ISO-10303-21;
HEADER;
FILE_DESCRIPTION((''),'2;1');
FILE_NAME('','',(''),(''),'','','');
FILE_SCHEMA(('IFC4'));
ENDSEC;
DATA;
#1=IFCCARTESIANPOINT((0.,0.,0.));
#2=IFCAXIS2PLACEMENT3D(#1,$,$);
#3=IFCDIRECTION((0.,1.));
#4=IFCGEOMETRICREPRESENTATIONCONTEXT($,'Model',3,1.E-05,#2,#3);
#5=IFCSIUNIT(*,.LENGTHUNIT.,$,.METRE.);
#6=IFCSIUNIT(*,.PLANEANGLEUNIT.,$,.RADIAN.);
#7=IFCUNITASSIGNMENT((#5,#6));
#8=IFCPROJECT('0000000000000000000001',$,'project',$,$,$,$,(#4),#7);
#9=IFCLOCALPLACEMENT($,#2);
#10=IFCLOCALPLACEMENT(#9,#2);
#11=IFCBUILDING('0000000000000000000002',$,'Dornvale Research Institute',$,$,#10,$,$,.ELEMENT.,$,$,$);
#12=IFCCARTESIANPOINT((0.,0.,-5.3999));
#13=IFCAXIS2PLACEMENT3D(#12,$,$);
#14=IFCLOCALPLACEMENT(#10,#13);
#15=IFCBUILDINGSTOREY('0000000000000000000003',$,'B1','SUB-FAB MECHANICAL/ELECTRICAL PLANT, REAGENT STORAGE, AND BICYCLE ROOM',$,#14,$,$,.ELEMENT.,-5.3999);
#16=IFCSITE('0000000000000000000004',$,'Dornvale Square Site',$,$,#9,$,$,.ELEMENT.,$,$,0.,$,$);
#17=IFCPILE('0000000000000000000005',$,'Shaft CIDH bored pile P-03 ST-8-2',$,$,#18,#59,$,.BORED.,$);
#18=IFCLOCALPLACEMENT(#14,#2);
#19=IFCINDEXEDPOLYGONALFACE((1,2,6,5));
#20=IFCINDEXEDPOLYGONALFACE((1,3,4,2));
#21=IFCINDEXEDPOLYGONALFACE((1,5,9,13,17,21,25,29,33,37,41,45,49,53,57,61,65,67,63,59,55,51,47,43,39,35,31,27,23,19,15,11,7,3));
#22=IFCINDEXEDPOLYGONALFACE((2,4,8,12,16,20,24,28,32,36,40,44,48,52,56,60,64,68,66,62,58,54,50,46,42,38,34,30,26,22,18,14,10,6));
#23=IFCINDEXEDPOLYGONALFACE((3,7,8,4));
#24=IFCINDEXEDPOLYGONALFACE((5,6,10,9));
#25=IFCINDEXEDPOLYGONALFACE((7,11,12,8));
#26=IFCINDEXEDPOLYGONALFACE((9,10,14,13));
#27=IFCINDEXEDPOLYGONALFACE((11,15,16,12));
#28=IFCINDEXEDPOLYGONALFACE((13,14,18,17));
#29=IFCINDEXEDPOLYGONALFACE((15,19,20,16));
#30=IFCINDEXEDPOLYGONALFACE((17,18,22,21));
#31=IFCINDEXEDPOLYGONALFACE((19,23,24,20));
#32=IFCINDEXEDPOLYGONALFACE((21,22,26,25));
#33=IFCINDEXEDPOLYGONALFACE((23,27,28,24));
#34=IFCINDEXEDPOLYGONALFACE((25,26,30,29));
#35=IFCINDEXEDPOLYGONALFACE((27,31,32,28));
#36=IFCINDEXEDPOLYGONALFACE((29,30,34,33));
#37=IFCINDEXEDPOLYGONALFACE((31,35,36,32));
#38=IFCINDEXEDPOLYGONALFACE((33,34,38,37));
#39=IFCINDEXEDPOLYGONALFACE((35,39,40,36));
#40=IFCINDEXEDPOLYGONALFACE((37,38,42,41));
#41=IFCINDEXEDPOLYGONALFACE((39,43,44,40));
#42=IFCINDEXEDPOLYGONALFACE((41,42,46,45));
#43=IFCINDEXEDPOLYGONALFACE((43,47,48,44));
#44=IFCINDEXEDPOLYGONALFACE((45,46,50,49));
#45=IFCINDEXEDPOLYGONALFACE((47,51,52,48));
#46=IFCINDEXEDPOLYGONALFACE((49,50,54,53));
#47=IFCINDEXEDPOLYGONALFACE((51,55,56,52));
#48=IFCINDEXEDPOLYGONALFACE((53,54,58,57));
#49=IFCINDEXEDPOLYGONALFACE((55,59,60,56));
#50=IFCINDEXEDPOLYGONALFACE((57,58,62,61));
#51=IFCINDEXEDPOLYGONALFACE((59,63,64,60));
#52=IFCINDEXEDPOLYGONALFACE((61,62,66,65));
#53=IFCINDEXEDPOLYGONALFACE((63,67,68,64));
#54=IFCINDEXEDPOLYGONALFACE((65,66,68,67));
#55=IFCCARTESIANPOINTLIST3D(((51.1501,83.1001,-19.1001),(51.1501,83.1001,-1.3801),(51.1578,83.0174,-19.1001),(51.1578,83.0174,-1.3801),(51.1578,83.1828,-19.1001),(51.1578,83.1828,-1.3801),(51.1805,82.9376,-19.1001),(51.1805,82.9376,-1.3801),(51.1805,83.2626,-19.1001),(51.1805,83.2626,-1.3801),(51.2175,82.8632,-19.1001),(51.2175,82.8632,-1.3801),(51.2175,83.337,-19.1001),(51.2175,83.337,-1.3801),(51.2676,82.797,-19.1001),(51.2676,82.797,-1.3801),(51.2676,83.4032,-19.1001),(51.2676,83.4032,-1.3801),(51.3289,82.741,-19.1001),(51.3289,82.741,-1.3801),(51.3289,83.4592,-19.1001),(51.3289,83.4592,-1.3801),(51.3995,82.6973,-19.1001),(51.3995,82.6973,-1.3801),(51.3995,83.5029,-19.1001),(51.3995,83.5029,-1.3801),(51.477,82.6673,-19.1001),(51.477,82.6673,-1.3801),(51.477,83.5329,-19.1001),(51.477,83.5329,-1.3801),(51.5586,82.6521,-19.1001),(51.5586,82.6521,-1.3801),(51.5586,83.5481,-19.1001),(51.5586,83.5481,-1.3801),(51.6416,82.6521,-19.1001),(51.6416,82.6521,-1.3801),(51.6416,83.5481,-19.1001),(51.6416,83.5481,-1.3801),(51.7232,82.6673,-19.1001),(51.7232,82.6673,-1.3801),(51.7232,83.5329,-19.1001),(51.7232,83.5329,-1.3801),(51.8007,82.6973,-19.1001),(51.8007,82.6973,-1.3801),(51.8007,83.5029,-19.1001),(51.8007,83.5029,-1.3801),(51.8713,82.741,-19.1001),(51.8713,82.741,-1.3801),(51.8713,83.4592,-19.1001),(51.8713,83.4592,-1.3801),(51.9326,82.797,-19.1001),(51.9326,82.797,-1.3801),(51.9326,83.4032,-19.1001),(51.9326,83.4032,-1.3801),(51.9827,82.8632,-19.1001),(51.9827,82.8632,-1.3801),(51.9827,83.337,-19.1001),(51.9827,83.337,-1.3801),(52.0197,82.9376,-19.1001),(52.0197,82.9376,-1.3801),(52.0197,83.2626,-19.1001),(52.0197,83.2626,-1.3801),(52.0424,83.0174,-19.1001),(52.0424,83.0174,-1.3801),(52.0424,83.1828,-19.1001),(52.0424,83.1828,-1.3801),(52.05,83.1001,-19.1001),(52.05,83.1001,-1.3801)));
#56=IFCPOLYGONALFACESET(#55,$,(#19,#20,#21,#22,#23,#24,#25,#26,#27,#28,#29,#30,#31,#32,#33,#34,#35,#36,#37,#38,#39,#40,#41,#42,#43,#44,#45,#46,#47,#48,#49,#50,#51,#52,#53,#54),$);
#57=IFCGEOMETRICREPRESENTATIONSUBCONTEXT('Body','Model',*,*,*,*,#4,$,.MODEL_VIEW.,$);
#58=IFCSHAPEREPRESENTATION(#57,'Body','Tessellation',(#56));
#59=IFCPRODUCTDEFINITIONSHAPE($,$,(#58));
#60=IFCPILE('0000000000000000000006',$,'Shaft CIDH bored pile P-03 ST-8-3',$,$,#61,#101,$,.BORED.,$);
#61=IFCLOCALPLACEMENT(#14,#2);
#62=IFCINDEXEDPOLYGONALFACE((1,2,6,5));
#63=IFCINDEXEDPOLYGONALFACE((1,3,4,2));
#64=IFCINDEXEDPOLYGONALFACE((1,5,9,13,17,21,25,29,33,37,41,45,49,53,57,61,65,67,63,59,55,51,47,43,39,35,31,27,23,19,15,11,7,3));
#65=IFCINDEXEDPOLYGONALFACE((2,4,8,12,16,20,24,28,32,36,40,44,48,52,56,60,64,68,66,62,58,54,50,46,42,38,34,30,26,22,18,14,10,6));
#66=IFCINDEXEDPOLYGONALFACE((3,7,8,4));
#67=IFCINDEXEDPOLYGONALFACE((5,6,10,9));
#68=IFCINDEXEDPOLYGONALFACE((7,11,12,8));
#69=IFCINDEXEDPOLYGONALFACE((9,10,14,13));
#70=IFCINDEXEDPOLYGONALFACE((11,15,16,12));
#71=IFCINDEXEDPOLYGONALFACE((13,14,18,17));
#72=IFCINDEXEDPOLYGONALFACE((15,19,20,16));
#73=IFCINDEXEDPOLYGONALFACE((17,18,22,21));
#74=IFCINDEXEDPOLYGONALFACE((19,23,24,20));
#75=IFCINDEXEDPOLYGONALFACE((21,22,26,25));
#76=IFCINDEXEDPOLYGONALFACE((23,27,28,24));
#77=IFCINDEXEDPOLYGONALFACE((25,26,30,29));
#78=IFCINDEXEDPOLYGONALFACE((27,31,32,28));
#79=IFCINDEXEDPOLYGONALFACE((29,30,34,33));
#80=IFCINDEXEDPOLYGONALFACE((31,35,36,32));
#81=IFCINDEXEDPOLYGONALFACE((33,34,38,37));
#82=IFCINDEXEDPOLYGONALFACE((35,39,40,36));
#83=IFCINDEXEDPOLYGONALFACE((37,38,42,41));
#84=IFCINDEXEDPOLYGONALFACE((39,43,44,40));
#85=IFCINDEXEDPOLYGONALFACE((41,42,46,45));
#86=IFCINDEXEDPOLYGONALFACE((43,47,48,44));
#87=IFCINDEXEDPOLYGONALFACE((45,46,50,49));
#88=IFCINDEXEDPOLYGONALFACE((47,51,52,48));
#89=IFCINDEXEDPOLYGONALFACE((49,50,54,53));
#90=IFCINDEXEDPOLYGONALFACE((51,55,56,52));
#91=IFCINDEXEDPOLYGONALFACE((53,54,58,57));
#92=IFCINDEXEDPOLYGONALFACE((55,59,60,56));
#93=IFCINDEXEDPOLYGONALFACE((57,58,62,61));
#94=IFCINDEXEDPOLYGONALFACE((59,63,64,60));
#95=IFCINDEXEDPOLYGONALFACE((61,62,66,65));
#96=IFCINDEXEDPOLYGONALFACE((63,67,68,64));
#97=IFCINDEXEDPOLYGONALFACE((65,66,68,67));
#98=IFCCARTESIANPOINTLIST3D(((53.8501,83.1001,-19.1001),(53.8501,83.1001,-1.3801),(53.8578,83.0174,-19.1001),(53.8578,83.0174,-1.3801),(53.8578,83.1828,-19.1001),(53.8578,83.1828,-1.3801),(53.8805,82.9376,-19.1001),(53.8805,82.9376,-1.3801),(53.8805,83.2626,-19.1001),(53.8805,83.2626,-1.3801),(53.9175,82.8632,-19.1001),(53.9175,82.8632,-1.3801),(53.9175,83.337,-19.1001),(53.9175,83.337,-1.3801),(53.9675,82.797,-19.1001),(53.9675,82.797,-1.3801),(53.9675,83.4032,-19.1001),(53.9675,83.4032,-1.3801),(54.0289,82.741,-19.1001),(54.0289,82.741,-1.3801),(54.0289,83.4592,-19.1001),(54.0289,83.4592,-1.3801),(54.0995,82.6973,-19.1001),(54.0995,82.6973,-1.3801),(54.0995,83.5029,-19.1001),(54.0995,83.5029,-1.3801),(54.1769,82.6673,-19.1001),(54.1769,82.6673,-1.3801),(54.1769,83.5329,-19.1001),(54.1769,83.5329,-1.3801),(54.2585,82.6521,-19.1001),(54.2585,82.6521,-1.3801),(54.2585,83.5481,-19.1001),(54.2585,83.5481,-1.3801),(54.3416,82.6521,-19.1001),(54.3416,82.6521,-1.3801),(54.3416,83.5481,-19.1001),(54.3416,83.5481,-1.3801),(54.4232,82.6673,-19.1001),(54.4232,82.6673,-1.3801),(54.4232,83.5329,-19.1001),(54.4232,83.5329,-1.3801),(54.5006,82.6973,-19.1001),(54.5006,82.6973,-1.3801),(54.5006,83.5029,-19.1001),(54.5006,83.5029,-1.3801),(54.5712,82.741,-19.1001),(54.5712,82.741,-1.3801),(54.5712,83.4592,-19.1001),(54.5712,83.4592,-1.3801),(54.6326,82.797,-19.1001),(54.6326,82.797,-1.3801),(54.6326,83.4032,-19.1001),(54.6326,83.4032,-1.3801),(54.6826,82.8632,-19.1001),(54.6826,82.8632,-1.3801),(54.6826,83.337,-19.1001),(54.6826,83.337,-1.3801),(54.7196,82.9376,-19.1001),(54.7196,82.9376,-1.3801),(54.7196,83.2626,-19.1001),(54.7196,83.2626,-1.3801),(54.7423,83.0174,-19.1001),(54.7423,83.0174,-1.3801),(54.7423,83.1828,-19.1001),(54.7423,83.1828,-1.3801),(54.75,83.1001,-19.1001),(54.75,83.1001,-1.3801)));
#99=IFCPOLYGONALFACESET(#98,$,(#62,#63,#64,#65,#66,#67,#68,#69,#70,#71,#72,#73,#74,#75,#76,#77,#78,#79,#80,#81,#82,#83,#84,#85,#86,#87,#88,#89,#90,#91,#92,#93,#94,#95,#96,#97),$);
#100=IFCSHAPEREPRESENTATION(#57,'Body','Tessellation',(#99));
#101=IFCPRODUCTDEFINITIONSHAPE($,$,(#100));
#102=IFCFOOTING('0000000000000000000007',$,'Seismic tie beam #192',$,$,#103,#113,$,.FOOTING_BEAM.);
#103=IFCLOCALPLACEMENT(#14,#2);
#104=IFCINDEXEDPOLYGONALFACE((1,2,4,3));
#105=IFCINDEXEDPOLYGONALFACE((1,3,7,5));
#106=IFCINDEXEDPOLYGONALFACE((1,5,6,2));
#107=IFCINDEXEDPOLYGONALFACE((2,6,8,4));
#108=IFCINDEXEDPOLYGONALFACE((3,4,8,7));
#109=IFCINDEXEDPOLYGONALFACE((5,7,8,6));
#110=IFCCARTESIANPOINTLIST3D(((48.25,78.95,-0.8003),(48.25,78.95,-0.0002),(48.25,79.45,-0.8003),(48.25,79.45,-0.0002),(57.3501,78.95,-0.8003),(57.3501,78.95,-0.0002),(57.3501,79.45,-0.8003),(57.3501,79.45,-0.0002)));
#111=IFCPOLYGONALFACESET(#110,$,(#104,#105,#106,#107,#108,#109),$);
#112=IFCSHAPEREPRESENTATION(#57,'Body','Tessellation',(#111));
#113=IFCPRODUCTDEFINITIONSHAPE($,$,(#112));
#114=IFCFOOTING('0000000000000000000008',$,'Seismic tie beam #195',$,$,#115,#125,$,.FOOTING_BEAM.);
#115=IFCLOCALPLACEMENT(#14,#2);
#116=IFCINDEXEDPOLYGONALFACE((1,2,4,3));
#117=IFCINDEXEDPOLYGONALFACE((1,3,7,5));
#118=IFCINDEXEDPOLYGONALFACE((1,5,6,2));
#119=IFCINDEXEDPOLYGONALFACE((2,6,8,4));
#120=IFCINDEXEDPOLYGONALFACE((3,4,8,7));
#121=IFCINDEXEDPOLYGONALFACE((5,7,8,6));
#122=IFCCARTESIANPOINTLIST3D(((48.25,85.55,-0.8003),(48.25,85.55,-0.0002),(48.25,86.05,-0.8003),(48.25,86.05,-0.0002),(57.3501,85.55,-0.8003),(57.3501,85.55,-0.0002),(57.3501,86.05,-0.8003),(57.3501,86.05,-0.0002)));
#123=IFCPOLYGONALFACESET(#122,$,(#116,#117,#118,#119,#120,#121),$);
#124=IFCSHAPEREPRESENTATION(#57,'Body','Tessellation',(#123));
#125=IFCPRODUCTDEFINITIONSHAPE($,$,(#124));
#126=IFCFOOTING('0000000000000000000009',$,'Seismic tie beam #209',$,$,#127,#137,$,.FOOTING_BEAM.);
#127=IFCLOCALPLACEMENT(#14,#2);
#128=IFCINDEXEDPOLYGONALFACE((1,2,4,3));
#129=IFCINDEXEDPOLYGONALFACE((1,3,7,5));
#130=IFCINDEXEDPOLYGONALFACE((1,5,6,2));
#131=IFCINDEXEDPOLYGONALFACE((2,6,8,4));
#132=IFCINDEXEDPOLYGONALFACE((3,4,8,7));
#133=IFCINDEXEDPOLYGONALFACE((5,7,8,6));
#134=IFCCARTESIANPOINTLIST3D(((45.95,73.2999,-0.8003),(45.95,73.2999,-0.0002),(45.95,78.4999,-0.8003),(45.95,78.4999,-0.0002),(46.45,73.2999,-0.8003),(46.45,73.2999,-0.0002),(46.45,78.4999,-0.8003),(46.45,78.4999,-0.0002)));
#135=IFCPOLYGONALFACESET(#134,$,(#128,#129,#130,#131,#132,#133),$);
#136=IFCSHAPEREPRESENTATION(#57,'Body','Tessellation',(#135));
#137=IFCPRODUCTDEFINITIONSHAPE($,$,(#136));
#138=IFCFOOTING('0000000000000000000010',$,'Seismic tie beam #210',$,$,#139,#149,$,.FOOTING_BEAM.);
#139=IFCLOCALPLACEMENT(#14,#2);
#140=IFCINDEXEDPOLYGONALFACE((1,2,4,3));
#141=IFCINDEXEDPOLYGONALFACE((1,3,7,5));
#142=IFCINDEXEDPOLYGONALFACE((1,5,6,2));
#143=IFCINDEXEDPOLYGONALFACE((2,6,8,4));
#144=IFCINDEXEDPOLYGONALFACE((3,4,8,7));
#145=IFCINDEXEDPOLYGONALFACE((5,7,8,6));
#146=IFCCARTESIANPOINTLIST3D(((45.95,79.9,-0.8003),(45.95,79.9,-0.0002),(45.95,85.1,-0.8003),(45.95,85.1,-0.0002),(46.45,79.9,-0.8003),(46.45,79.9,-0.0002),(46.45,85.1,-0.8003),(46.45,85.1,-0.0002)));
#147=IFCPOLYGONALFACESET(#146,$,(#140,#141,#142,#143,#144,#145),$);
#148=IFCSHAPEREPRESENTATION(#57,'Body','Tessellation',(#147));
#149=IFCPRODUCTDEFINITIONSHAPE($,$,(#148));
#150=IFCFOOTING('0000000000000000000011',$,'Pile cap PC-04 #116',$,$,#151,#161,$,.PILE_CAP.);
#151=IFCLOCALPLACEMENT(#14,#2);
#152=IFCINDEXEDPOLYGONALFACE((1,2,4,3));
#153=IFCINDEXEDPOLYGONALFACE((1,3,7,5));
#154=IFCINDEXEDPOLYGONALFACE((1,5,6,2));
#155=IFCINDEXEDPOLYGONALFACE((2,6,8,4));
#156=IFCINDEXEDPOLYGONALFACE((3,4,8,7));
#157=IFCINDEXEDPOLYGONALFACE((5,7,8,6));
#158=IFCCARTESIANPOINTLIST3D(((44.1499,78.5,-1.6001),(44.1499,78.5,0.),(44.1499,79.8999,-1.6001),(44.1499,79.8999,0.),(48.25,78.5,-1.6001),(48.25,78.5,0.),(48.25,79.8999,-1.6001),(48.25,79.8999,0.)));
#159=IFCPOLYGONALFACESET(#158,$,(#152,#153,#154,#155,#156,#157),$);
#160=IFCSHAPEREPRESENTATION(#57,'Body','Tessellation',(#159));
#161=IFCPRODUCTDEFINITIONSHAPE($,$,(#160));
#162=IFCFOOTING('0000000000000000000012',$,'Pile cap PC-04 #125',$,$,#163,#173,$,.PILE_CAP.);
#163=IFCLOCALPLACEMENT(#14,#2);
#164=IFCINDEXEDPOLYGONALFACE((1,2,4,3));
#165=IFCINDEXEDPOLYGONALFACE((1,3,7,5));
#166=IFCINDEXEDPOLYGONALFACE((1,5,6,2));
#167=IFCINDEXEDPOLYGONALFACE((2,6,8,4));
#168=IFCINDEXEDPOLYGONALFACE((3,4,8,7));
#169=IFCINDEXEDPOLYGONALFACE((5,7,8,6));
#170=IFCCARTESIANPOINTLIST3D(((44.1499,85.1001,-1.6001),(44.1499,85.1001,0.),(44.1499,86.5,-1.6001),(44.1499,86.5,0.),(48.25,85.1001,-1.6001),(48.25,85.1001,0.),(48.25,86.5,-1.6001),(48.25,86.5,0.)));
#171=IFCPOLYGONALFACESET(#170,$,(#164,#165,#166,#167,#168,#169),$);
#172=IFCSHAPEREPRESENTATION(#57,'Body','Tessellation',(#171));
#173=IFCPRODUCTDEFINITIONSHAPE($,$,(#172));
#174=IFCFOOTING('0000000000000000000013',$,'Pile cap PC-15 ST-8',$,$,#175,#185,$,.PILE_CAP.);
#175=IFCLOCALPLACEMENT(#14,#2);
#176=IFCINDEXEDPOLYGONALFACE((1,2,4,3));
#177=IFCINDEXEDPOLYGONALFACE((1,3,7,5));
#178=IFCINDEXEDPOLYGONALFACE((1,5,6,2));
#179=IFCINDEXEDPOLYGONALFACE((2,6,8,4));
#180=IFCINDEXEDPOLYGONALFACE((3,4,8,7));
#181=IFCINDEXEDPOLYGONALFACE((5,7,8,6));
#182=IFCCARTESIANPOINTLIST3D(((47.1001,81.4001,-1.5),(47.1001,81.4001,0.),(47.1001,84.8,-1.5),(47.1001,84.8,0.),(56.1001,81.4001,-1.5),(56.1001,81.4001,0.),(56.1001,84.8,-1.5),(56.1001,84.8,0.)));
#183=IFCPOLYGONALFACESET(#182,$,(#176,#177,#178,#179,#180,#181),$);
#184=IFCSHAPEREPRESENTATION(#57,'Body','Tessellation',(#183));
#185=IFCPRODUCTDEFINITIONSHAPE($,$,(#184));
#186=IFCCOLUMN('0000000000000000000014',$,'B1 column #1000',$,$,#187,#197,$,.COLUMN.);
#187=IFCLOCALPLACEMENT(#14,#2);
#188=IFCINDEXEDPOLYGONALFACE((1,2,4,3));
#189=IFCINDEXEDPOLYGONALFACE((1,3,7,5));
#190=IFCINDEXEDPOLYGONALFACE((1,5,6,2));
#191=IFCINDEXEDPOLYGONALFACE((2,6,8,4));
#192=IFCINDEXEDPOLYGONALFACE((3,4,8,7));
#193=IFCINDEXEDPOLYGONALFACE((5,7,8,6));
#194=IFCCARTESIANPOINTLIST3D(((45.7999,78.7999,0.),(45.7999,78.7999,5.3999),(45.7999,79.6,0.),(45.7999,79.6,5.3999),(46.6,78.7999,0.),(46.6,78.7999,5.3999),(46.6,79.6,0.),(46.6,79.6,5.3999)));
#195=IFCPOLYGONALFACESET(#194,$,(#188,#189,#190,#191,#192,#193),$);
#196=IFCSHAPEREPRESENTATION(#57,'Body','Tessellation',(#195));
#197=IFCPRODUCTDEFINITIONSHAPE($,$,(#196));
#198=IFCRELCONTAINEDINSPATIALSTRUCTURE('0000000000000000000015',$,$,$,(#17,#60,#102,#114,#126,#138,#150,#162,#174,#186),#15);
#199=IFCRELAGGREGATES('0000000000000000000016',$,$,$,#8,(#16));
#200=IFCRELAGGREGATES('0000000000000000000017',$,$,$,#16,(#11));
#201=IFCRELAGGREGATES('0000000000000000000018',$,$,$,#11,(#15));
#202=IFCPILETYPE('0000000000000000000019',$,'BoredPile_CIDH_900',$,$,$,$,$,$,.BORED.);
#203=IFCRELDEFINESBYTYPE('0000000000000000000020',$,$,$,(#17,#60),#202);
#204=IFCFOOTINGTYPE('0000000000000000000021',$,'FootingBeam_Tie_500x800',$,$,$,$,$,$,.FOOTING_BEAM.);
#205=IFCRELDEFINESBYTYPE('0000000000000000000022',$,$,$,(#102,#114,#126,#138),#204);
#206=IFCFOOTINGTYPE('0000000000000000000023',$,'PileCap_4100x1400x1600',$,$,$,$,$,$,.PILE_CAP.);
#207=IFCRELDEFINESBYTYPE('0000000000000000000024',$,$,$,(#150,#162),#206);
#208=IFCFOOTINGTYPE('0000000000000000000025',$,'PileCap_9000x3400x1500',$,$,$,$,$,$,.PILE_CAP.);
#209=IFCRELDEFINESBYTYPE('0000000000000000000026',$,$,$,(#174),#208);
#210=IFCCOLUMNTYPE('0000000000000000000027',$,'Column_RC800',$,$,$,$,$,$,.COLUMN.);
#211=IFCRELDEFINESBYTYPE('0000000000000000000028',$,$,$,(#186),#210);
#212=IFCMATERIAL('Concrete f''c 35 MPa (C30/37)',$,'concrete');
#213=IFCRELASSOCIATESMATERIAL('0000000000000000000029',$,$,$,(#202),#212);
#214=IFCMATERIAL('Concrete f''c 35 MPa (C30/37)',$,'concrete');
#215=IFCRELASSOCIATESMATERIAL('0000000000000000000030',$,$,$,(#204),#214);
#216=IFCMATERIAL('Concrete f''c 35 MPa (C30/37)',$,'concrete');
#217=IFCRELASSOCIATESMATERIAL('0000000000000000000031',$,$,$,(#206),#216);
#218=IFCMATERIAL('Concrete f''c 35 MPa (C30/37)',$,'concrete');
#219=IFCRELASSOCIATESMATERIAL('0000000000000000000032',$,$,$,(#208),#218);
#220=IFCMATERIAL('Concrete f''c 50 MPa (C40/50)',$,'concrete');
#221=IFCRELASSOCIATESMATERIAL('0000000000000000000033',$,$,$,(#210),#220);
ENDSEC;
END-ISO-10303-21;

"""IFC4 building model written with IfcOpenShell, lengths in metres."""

from ifc_helpers import new_model, si_unit, direction, frame, origin, origin_2d, place, context, subcontext, project, spatial, rectangle, circle, extrude, material, material_profile, profile_set, type_object, element, save


model = new_model("IFC4")

# Units and contexts
model_context = context("Model", 3, precision=1e-05, world=origin(), true_north=direction((0.0, 1.0)))
body_context = subcontext(model_context, "Body", "Model", "MODEL_VIEW")
ifc_project = project(units=[si_unit("LENGTHUNIT", "METRE"), si_unit("PLANEANGLEUNIT", "RADIAN")], contexts=[model_context])

# Site, building, storey
site_placement = place(None, origin())
site = spatial("IfcSite", under=ifc_project, at=site_placement, Name="Dornvale Square Site", CompositionType="ELEMENT", RefElevation=0.0)
building_placement = place(site_placement, origin())
building = spatial("IfcBuilding", under=site, at=building_placement, Name="Dornvale Research Institute", CompositionType="ELEMENT")
storey_placement = place(building_placement, frame((0.0, 0.0, -5.3999)))
storey = spatial("IfcBuildingStorey", under=building, at=storey_placement, Name="B1", Description="SUB-FAB MECHANICAL/ELECTRICAL PLANT, REAGENT STORAGE, AND BICYCLE ROOM", CompositionType="ELEMENT", Elevation=-5.3999)

# Piles
ifc_material_1 = material(Name="Concrete f'c 35 MPa (C30/37)", Category="concrete")
ifc_material_profile_1 = material_profile(ifc_material_1, circle(Radius=0.45, at=origin_2d()), Name="CIDH PILE D900")
ifc_profile_set_1 = profile_set([ifc_material_profile_1], Name="Concrete f'c 35 MPa (C30/37)")
pile_type_1 = type_object("IfcPileType", Name="BoredPile_CIDH_900", PredefinedType="BORED", material=ifc_profile_set_1)
for number, where, z_axis, x_axis, name in (
    (1, (51.6001, 83.1001, -1.3801), (0.0, 0.0, -1.0), (1.0, 0.0, 0.0), "Shaft CIDH bored pile P-03 ST-8-2"),
    (2, (54.3, 83.1001, -1.3801), (0.0, 0.0, -1.0), (1.0, 0.0, 0.0), "Shaft CIDH bored pile P-03 ST-8-3"),
):
    element("IfcPile", number, at=place(storey_placement, frame(where, z_axis=z_axis, x_axis=x_axis)), inside=storey, type_object=pile_type_1, Name=name, PredefinedType="BORED", context=body_context, shape_type="SweptSolid", body=[
        extrude(circle(Radius=0.45, at=origin_2d()), origin(), (0.0, 0.0, 1.0), 17.72),
    ])

# Footings
ifc_material_2 = material(Name="Concrete f'c 35 MPa (C30/37)", Category="concrete")
footing_type_1 = type_object("IfcFootingType", Name="FootingBeam_Tie_500x800", PredefinedType="FOOTING_BEAM", material=ifc_material_2)
for number, where, z_axis, x_axis, name in (
    (3, (52.8, 79.2, -0.8003), (0.0, 0.0, 1.0), (1.0, 0.0, 0.0), "Seismic tie beam #192"),
    (4, (52.8, 85.8, -0.8003), (0.0, 0.0, 1.0), (1.0, 0.0, 0.0), "Seismic tie beam #195"),
):
    element("IfcFooting", number, at=place(storey_placement, frame(where, z_axis=z_axis, x_axis=x_axis)), inside=storey, type_object=footing_type_1, Name=name, PredefinedType="FOOTING_BEAM", context=body_context, shape_type="SweptSolid", body=[
        extrude(rectangle(XDim=9.1001, YDim=0.5, at=origin_2d()), origin(), (0.0, 0.0, 1.0), 0.8),
    ])
for number, where, z_axis, x_axis, name in (
    (5, (46.2, 75.8999, -0.8003), (0.0, 0.0, 1.0), (0.0, 1.0, 0.0), "Seismic tie beam #209"),
    (6, (46.2, 82.5, -0.8003), (0.0, 0.0, 1.0), (0.0, 1.0, 0.0), "Seismic tie beam #210"),
):
    element("IfcFooting", number, at=place(storey_placement, frame(where, z_axis=z_axis, x_axis=x_axis)), inside=storey, type_object=footing_type_1, Name=name, PredefinedType="FOOTING_BEAM", context=body_context, shape_type="SweptSolid", body=[
        extrude(rectangle(XDim=5.2, YDim=0.5, at=origin_2d()), origin(), (0.0, 0.0, 1.0), 0.8),
    ])
ifc_material_3 = material(Name="Concrete f'c 35 MPa (C30/37)", Category="concrete")
footing_type_2 = type_object("IfcFootingType", Name="PileCap_4100x1400x1600", PredefinedType="PILE_CAP", material=ifc_material_3)
for number, where, z_axis, x_axis, name in (
    (7, (46.2, 79.2, -1.6001), (0.0, 0.0, 1.0), (1.0, 0.0, 0.0), "Pile cap PC-04 #116"),
    (8, (46.2, 85.8, -1.6001), (0.0, 0.0, 1.0), (1.0, 0.0, 0.0), "Pile cap PC-04 #125"),
):
    element("IfcFooting", number, at=place(storey_placement, frame(where, z_axis=z_axis, x_axis=x_axis)), inside=storey, type_object=footing_type_2, Name=name, PredefinedType="PILE_CAP", context=body_context, shape_type="SweptSolid", body=[
        extrude(rectangle(XDim=4.1001, YDim=1.3999, at=origin_2d()), origin(), (0.0, 0.0, 1.0), 1.6001),
    ])
ifc_material_4 = material(Name="Concrete f'c 35 MPa (C30/37)", Category="concrete")
footing_type_3 = type_object("IfcFootingType", Name="PileCap_9000x3400x1500", PredefinedType="PILE_CAP", material=ifc_material_4)
footing_placement = place(storey_placement, frame((51.6001, 83.1001, -1.5), z_axis=(0.0, 0.0, 1.0), x_axis=(1.0, 0.0, 0.0)))
element("IfcFooting", 9, at=footing_placement, inside=storey, type_object=footing_type_3, Name="Pile cap PC-15 ST-8", PredefinedType="PILE_CAP", context=body_context, shape_type="SweptSolid", body=[
    extrude(rectangle(XDim=9.0, YDim=3.3999, at=origin_2d()), origin(), (0.0, 0.0, 1.0), 1.5),
])

# Column
ifc_material_5 = material(Name="Concrete f'c 50 MPa (C40/50)", Category="concrete")
ifc_material_profile_2 = material_profile(ifc_material_5, rectangle(XDim=0.8, YDim=0.8, at=origin_2d()), Name="RC 800x800")
ifc_profile_set_2 = profile_set([ifc_material_profile_2], Name="Concrete f'c 50 MPa (C40/50)")
column_type = type_object("IfcColumnType", Name="Column_RC800", PredefinedType="COLUMN", material=ifc_profile_set_2)
for number, where, z_axis, x_axis, name in (
    (10, (46.2, 79.2, 0.0), (0.0, 0.0, 1.0), (1.0, 0.0, 0.0), "B1 column #1000"),
):
    element("IfcColumn", number, at=place(storey_placement, frame(where, z_axis=z_axis, x_axis=x_axis)), inside=storey, type_object=column_type, Name=name, PredefinedType="COLUMN", context=body_context, shape_type="SweptSolid", body=[
        extrude(rectangle(XDim=0.8, YDim=0.8, at=origin_2d()), origin(), (0.0, 0.0, 1.0), 5.3999),
    ])

save(model, "model.ifc")
